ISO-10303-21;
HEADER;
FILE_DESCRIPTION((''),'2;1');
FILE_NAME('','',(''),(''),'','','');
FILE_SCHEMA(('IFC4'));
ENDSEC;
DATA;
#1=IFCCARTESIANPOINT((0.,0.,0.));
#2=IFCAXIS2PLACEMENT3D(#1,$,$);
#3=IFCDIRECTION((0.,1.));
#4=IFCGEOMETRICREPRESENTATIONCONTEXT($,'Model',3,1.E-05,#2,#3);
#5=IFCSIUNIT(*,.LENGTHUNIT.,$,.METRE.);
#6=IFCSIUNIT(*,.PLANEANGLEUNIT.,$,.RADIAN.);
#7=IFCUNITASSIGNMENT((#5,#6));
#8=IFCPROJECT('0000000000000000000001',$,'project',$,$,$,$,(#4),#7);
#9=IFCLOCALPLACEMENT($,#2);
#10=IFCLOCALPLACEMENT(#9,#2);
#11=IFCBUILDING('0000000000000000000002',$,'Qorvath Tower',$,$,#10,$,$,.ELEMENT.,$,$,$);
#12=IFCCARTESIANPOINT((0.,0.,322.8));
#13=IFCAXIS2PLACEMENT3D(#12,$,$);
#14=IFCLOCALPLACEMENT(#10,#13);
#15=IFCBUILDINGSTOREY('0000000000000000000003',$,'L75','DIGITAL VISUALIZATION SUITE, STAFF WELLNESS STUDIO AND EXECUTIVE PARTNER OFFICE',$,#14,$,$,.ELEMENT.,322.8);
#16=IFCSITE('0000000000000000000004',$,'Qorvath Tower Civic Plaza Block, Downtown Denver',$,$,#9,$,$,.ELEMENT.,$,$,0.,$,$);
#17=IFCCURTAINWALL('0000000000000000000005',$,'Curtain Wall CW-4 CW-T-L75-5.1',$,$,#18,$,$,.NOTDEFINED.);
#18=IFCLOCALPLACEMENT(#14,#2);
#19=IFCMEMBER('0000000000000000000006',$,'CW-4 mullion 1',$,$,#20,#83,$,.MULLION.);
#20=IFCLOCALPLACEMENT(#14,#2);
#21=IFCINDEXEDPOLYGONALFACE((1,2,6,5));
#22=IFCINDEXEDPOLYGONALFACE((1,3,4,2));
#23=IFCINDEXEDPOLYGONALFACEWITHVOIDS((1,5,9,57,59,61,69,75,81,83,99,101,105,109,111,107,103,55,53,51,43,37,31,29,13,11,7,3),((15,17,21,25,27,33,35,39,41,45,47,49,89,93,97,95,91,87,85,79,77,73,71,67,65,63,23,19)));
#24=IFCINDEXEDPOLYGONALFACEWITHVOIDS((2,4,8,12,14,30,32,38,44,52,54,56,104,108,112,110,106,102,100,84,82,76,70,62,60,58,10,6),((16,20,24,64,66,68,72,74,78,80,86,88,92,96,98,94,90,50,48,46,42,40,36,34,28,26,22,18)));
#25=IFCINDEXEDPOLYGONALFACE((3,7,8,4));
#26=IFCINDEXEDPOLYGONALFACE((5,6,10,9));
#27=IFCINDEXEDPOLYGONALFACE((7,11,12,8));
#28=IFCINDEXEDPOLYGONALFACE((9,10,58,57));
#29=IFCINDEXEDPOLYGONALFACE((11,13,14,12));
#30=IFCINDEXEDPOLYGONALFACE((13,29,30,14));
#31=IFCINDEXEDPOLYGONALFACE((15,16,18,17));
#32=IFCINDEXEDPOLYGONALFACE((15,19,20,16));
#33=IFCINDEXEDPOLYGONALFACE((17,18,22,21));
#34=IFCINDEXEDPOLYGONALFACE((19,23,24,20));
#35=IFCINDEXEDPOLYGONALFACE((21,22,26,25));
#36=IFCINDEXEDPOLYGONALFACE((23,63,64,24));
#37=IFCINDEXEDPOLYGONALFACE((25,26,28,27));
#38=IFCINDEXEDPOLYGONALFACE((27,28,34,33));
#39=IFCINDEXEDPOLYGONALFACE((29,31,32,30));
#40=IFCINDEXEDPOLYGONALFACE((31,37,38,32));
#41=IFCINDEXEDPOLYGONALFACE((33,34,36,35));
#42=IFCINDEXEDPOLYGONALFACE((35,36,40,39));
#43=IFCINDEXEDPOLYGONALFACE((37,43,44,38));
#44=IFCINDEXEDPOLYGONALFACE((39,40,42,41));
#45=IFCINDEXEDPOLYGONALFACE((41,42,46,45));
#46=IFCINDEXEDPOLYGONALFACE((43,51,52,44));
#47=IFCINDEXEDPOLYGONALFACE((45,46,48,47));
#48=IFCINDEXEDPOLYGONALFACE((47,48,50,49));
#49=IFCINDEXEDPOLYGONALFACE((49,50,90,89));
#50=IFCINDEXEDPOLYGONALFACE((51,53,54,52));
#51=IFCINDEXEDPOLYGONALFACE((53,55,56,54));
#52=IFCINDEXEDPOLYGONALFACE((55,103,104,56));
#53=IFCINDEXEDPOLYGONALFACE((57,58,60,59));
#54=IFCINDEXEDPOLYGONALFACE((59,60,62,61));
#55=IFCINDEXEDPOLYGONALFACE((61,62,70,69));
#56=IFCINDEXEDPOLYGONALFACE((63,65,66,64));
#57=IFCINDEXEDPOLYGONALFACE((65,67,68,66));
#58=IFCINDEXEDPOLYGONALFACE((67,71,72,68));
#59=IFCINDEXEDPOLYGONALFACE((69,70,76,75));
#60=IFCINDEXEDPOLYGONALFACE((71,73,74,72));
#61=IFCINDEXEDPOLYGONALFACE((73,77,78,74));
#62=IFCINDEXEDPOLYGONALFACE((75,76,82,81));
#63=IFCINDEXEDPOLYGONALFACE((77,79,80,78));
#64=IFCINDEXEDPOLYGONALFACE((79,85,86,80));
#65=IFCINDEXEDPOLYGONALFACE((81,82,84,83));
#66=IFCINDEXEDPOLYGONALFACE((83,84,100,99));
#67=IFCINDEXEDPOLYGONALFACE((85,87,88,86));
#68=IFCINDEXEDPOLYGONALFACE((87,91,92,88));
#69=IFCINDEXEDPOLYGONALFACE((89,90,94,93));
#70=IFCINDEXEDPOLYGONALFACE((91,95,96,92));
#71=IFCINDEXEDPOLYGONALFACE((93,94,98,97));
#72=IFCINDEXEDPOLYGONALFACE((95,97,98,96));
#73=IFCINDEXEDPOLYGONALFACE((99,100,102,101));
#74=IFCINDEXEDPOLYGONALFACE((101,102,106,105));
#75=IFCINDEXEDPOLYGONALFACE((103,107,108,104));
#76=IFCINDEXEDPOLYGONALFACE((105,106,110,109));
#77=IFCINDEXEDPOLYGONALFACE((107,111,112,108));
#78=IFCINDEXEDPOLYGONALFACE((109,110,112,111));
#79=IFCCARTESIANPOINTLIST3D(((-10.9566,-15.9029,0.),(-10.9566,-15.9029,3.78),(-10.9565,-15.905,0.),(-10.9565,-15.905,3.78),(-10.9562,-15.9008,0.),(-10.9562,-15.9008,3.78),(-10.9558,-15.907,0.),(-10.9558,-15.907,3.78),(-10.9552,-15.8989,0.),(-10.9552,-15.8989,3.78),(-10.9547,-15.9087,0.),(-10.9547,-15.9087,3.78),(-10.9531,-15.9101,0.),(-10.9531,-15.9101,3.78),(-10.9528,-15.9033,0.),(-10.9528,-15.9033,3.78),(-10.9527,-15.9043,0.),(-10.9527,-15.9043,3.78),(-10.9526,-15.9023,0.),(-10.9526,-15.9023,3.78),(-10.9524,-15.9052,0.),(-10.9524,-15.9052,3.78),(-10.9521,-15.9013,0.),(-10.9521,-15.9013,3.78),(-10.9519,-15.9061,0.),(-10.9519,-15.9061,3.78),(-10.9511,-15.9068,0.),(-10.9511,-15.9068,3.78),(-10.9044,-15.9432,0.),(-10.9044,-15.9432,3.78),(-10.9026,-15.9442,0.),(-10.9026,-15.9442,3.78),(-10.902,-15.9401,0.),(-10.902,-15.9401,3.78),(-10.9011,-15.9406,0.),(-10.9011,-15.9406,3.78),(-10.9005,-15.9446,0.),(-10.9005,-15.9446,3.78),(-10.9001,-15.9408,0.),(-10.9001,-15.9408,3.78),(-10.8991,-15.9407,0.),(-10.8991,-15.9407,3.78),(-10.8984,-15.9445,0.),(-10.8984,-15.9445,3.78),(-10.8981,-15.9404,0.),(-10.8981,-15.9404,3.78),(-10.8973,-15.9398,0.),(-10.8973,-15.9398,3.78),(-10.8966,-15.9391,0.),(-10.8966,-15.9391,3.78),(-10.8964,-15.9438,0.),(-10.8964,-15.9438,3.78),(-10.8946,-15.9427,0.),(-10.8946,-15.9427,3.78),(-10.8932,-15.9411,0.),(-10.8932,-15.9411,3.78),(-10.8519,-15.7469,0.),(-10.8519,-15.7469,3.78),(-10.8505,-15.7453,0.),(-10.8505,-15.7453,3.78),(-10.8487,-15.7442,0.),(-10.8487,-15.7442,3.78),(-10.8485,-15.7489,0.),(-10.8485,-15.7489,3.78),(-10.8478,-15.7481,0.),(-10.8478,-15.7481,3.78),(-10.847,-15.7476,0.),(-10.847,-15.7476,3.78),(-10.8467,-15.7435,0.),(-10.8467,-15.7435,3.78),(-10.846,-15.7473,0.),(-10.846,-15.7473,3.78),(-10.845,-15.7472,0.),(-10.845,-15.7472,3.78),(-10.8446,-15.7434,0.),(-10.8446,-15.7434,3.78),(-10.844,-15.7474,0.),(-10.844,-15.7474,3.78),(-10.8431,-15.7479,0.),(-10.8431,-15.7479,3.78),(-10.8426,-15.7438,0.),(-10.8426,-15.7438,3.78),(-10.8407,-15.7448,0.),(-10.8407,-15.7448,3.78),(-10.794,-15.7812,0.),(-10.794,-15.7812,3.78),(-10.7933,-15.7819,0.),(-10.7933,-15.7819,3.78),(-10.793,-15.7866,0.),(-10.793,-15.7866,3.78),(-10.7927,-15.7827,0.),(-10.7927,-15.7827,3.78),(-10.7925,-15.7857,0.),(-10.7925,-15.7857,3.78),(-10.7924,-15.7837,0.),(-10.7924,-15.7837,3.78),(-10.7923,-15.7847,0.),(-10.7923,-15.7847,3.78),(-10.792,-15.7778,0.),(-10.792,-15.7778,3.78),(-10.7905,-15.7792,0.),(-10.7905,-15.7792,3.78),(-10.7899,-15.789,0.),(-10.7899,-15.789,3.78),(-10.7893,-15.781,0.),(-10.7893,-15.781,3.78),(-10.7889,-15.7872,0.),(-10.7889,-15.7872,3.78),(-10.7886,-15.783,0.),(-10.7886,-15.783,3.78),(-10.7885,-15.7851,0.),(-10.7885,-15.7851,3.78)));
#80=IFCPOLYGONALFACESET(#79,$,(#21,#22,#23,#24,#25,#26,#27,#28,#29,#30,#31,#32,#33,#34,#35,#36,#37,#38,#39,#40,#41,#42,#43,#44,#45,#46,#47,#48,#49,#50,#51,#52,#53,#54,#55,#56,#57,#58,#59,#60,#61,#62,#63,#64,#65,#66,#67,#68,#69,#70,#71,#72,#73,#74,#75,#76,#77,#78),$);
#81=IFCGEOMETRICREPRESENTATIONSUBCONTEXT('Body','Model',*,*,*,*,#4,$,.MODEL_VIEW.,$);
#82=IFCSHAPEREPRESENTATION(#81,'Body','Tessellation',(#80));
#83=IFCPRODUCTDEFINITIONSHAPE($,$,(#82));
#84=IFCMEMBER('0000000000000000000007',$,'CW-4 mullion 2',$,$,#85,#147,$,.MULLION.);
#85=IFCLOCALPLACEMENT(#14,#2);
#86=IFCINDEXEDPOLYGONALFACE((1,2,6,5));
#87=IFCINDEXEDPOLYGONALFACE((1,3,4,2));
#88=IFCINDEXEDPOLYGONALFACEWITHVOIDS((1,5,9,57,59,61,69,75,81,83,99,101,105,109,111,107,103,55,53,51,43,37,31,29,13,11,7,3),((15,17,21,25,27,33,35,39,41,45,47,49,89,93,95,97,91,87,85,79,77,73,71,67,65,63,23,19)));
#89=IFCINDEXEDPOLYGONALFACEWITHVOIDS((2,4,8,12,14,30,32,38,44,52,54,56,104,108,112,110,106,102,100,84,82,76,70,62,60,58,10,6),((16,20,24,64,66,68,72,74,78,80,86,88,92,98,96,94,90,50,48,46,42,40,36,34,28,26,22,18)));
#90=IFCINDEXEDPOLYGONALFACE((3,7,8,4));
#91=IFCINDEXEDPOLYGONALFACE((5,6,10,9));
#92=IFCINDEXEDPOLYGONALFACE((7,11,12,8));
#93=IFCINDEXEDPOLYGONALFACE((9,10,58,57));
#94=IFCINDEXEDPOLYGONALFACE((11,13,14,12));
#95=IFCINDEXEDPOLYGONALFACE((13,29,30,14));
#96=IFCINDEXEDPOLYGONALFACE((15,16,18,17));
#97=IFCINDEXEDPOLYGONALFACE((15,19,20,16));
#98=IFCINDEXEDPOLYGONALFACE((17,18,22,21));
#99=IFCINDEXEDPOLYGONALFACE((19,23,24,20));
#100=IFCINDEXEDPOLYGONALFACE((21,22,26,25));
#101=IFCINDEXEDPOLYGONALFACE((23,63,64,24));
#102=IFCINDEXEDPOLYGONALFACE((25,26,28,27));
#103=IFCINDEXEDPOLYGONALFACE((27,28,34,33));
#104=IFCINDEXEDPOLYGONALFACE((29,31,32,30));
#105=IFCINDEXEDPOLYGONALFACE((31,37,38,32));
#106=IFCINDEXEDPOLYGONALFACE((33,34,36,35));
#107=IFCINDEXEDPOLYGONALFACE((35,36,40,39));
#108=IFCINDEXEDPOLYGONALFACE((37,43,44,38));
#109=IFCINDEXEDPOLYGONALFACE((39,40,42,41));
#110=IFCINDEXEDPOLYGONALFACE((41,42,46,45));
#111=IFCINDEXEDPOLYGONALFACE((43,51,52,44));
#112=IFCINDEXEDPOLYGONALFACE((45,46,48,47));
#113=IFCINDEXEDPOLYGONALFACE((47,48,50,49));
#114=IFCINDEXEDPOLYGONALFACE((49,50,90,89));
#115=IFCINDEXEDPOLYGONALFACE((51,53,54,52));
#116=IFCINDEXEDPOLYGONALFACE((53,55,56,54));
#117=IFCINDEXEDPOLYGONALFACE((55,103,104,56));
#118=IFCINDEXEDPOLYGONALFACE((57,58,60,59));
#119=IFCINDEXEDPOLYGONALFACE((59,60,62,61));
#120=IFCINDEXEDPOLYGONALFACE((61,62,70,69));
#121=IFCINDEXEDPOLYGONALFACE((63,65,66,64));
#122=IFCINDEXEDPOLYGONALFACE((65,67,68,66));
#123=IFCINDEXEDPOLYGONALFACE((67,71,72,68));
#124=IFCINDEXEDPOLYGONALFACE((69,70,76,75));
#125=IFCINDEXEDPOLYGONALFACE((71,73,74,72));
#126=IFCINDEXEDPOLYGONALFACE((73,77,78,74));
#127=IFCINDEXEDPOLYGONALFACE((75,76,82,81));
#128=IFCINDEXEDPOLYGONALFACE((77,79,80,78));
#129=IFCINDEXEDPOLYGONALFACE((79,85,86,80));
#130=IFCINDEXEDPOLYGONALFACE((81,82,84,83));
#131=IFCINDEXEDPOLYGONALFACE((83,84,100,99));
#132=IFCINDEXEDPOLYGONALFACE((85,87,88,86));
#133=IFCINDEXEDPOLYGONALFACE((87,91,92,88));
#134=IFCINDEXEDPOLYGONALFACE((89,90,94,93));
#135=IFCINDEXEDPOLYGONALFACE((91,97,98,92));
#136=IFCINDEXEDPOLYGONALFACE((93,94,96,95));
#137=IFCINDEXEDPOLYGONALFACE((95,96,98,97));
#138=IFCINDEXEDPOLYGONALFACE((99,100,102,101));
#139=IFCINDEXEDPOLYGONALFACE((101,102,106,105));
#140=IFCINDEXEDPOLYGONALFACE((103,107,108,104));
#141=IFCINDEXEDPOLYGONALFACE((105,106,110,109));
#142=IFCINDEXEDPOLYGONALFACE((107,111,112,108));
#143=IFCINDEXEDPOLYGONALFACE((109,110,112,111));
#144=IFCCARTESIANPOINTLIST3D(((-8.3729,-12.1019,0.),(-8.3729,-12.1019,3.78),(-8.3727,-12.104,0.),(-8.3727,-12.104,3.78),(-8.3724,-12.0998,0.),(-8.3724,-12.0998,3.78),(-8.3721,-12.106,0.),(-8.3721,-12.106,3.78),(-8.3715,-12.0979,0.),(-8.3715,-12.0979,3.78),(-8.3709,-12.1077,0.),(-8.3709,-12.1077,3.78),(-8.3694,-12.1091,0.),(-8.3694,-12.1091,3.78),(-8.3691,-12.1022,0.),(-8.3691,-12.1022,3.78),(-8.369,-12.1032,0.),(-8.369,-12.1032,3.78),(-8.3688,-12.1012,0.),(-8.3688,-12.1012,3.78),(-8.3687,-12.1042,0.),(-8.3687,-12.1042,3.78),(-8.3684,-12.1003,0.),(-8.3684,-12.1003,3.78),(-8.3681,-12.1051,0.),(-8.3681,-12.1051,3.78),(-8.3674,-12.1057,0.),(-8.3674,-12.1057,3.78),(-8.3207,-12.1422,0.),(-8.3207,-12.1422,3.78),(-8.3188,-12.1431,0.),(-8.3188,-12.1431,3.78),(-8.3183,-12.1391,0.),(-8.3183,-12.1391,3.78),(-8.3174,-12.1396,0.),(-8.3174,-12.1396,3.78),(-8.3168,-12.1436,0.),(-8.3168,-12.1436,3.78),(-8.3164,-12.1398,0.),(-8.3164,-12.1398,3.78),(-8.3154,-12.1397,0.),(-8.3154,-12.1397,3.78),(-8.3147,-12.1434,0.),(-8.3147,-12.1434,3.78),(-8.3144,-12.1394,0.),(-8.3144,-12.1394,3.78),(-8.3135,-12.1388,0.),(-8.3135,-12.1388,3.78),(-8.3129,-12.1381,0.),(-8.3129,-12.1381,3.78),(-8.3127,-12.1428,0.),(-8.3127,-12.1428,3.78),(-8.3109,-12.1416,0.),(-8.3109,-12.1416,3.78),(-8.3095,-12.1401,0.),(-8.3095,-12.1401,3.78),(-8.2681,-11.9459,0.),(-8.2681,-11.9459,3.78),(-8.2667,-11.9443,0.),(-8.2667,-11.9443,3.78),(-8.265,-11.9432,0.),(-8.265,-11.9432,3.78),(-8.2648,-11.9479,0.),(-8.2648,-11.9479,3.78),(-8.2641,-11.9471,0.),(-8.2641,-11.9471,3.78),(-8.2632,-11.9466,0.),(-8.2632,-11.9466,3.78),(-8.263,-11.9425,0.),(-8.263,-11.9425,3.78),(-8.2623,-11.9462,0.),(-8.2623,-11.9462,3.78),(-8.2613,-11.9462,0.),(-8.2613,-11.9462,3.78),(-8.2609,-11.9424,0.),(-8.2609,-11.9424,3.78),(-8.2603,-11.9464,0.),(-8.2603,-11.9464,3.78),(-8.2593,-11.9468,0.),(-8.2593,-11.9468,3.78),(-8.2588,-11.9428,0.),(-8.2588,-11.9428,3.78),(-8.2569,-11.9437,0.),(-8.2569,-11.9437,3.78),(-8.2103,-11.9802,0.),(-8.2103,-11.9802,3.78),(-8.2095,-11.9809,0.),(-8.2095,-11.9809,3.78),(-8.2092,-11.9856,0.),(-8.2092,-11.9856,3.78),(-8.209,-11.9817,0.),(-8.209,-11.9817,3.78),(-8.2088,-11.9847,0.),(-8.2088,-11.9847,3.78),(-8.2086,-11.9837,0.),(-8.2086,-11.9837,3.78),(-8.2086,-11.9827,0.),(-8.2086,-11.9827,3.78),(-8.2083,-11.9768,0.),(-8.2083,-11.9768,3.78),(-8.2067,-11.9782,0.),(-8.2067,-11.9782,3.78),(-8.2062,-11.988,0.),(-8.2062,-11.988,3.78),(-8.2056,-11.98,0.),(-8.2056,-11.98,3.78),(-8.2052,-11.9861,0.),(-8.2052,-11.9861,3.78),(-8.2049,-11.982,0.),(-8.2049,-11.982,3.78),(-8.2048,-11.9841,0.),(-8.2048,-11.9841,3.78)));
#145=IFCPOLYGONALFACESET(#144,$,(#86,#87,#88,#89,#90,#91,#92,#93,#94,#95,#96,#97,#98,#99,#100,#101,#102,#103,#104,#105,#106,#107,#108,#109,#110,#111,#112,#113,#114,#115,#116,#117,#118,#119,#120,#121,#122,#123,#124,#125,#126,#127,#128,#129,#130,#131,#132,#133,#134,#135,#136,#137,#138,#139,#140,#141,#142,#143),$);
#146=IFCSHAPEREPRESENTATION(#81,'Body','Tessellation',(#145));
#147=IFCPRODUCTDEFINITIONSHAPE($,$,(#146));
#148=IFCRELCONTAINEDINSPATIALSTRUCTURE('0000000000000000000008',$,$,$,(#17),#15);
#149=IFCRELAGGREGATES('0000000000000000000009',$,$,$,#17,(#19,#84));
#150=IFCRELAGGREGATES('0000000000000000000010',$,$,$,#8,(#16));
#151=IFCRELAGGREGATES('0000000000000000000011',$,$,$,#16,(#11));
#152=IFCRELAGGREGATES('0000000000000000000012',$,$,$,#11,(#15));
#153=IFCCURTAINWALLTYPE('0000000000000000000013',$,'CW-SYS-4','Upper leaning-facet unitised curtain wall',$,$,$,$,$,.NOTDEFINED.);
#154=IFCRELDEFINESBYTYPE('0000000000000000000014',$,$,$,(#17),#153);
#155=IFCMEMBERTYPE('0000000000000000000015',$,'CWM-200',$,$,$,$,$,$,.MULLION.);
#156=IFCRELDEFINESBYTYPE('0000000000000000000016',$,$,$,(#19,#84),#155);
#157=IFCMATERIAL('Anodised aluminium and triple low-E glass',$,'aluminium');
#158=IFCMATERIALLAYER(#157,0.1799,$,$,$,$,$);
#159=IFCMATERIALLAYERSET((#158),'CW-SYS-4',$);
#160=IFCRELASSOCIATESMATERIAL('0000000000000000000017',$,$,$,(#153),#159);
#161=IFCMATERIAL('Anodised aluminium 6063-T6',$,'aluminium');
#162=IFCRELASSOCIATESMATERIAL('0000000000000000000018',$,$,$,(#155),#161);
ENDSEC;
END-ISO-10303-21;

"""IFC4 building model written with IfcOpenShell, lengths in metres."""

from ifc_helpers import new_model, si_unit, direction, frame, origin, origin_2d, place, context, subcontext, project, spatial, hollow_rectangle, extrude, material, layer, layer_set, material_profile, profile_set, type_object, element, aggregate, save


model = new_model("IFC4")

# Units and contexts
model_context = context("Model", 3, precision=1e-05, world=origin(), true_north=direction((0.0, 1.0)))
body_context = subcontext(model_context, "Body", "Model", "MODEL_VIEW")
ifc_project = project(units=[si_unit("LENGTHUNIT", "METRE"), si_unit("PLANEANGLEUNIT", "RADIAN")], contexts=[model_context])

# Site, building, storey
site_placement = place(None, origin())
site = spatial("IfcSite", under=ifc_project, at=site_placement, Name="Qorvath Tower Civic Plaza Block, Downtown Denver", CompositionType="ELEMENT", RefElevation=0.0)
building_placement = place(site_placement, origin())
building = spatial("IfcBuilding", under=site, at=building_placement, Name="Qorvath Tower", CompositionType="ELEMENT")
storey_placement = place(building_placement, frame((0.0, 0.0, 322.8)))
storey = spatial("IfcBuildingStorey", under=building, at=storey_placement, Name="L75", Description="DIGITAL VISUALIZATION SUITE, STAFF WELLNESS STUDIO AND EXECUTIVE PARTNER OFFICE", CompositionType="ELEMENT", Elevation=322.8)

# Shared definitions
ifc_material_1 = material(Name="Anodised aluminium and triple low-E glass", Category="aluminium")
ifc_layer_1 = layer(ifc_material_1, 0.1799)
ifc_layer_set_1 = layer_set([ifc_layer_1], Name="CW-SYS-4")
curtain_wall_type = type_object("IfcCurtainWallType", Name="CW-SYS-4", Description="Upper leaning-facet unitised curtain wall", PredefinedType="NOTDEFINED", material=ifc_layer_set_1)
ifc_material_2 = material(Name="Anodised aluminium 6063-T6", Category="aluminium")
ifc_material_profile_1 = material_profile(ifc_material_2, hollow_rectangle(XDim=0.075, YDim=0.2, WallThickness=0.0039, InnerFilletRadius=0.0039, OuterFilletRadius=0.0081, at=origin_2d()), Name="CWM 200x75")
ifc_profile_set_1 = profile_set([ifc_material_profile_1], Name="Anodised aluminium 6063-T6")
member_type_1 = type_object("IfcMemberType", Name="CWM-200", PredefinedType="MULLION", material=ifc_profile_set_1)

# Curtain wall, members
curtain_wall_1_placement = place(storey_placement, origin())
curtain_wall_1 = element("IfcCurtainWall", 1, at=curtain_wall_1_placement, inside=storey, type_object=curtain_wall_type, Name="Curtain Wall CW-4 CW-T-L75-5.1", PredefinedType="NOTDEFINED")
member_1_placement = place(storey_placement, frame((-10.8726, -15.844, 0.0), z_axis=(0.0, 0.0, 1.0), x_axis=(-0.82703, 0.562158, 0.0)))
member_1 = element("IfcMember", 2, at=member_1_placement, type_object=member_type_1, Name="CW-4 mullion 1", PredefinedType="MULLION", context=body_context, shape_type="SweptSolid", body=[
    extrude(hollow_rectangle(XDim=0.075, YDim=0.2, WallThickness=0.0039, InnerFilletRadius=0.0039, OuterFilletRadius=0.0081, at=origin_2d()), origin(), (0.0, 0.0, 1.0), 3.78),
])
member_2_placement = place(storey_placement, frame((-8.2888, -12.043, 0.0), z_axis=(0.0, 0.0, 1.0), x_axis=(-0.82703, 0.562158, 0.0)))
member_2 = element("IfcMember", 3, at=member_2_placement, type_object=member_type_1, Name="CW-4 mullion 2", PredefinedType="MULLION", context=body_context, shape_type="SweptSolid", body=[
    extrude(hollow_rectangle(XDim=0.075, YDim=0.2, WallThickness=0.0039, InnerFilletRadius=0.0039, OuterFilletRadius=0.0081, at=origin_2d()), origin(), (0.0, 0.0, 1.0), 3.78),
])

aggregate(curtain_wall_1, [member_1, member_2])

save(model, "model.ifc")
